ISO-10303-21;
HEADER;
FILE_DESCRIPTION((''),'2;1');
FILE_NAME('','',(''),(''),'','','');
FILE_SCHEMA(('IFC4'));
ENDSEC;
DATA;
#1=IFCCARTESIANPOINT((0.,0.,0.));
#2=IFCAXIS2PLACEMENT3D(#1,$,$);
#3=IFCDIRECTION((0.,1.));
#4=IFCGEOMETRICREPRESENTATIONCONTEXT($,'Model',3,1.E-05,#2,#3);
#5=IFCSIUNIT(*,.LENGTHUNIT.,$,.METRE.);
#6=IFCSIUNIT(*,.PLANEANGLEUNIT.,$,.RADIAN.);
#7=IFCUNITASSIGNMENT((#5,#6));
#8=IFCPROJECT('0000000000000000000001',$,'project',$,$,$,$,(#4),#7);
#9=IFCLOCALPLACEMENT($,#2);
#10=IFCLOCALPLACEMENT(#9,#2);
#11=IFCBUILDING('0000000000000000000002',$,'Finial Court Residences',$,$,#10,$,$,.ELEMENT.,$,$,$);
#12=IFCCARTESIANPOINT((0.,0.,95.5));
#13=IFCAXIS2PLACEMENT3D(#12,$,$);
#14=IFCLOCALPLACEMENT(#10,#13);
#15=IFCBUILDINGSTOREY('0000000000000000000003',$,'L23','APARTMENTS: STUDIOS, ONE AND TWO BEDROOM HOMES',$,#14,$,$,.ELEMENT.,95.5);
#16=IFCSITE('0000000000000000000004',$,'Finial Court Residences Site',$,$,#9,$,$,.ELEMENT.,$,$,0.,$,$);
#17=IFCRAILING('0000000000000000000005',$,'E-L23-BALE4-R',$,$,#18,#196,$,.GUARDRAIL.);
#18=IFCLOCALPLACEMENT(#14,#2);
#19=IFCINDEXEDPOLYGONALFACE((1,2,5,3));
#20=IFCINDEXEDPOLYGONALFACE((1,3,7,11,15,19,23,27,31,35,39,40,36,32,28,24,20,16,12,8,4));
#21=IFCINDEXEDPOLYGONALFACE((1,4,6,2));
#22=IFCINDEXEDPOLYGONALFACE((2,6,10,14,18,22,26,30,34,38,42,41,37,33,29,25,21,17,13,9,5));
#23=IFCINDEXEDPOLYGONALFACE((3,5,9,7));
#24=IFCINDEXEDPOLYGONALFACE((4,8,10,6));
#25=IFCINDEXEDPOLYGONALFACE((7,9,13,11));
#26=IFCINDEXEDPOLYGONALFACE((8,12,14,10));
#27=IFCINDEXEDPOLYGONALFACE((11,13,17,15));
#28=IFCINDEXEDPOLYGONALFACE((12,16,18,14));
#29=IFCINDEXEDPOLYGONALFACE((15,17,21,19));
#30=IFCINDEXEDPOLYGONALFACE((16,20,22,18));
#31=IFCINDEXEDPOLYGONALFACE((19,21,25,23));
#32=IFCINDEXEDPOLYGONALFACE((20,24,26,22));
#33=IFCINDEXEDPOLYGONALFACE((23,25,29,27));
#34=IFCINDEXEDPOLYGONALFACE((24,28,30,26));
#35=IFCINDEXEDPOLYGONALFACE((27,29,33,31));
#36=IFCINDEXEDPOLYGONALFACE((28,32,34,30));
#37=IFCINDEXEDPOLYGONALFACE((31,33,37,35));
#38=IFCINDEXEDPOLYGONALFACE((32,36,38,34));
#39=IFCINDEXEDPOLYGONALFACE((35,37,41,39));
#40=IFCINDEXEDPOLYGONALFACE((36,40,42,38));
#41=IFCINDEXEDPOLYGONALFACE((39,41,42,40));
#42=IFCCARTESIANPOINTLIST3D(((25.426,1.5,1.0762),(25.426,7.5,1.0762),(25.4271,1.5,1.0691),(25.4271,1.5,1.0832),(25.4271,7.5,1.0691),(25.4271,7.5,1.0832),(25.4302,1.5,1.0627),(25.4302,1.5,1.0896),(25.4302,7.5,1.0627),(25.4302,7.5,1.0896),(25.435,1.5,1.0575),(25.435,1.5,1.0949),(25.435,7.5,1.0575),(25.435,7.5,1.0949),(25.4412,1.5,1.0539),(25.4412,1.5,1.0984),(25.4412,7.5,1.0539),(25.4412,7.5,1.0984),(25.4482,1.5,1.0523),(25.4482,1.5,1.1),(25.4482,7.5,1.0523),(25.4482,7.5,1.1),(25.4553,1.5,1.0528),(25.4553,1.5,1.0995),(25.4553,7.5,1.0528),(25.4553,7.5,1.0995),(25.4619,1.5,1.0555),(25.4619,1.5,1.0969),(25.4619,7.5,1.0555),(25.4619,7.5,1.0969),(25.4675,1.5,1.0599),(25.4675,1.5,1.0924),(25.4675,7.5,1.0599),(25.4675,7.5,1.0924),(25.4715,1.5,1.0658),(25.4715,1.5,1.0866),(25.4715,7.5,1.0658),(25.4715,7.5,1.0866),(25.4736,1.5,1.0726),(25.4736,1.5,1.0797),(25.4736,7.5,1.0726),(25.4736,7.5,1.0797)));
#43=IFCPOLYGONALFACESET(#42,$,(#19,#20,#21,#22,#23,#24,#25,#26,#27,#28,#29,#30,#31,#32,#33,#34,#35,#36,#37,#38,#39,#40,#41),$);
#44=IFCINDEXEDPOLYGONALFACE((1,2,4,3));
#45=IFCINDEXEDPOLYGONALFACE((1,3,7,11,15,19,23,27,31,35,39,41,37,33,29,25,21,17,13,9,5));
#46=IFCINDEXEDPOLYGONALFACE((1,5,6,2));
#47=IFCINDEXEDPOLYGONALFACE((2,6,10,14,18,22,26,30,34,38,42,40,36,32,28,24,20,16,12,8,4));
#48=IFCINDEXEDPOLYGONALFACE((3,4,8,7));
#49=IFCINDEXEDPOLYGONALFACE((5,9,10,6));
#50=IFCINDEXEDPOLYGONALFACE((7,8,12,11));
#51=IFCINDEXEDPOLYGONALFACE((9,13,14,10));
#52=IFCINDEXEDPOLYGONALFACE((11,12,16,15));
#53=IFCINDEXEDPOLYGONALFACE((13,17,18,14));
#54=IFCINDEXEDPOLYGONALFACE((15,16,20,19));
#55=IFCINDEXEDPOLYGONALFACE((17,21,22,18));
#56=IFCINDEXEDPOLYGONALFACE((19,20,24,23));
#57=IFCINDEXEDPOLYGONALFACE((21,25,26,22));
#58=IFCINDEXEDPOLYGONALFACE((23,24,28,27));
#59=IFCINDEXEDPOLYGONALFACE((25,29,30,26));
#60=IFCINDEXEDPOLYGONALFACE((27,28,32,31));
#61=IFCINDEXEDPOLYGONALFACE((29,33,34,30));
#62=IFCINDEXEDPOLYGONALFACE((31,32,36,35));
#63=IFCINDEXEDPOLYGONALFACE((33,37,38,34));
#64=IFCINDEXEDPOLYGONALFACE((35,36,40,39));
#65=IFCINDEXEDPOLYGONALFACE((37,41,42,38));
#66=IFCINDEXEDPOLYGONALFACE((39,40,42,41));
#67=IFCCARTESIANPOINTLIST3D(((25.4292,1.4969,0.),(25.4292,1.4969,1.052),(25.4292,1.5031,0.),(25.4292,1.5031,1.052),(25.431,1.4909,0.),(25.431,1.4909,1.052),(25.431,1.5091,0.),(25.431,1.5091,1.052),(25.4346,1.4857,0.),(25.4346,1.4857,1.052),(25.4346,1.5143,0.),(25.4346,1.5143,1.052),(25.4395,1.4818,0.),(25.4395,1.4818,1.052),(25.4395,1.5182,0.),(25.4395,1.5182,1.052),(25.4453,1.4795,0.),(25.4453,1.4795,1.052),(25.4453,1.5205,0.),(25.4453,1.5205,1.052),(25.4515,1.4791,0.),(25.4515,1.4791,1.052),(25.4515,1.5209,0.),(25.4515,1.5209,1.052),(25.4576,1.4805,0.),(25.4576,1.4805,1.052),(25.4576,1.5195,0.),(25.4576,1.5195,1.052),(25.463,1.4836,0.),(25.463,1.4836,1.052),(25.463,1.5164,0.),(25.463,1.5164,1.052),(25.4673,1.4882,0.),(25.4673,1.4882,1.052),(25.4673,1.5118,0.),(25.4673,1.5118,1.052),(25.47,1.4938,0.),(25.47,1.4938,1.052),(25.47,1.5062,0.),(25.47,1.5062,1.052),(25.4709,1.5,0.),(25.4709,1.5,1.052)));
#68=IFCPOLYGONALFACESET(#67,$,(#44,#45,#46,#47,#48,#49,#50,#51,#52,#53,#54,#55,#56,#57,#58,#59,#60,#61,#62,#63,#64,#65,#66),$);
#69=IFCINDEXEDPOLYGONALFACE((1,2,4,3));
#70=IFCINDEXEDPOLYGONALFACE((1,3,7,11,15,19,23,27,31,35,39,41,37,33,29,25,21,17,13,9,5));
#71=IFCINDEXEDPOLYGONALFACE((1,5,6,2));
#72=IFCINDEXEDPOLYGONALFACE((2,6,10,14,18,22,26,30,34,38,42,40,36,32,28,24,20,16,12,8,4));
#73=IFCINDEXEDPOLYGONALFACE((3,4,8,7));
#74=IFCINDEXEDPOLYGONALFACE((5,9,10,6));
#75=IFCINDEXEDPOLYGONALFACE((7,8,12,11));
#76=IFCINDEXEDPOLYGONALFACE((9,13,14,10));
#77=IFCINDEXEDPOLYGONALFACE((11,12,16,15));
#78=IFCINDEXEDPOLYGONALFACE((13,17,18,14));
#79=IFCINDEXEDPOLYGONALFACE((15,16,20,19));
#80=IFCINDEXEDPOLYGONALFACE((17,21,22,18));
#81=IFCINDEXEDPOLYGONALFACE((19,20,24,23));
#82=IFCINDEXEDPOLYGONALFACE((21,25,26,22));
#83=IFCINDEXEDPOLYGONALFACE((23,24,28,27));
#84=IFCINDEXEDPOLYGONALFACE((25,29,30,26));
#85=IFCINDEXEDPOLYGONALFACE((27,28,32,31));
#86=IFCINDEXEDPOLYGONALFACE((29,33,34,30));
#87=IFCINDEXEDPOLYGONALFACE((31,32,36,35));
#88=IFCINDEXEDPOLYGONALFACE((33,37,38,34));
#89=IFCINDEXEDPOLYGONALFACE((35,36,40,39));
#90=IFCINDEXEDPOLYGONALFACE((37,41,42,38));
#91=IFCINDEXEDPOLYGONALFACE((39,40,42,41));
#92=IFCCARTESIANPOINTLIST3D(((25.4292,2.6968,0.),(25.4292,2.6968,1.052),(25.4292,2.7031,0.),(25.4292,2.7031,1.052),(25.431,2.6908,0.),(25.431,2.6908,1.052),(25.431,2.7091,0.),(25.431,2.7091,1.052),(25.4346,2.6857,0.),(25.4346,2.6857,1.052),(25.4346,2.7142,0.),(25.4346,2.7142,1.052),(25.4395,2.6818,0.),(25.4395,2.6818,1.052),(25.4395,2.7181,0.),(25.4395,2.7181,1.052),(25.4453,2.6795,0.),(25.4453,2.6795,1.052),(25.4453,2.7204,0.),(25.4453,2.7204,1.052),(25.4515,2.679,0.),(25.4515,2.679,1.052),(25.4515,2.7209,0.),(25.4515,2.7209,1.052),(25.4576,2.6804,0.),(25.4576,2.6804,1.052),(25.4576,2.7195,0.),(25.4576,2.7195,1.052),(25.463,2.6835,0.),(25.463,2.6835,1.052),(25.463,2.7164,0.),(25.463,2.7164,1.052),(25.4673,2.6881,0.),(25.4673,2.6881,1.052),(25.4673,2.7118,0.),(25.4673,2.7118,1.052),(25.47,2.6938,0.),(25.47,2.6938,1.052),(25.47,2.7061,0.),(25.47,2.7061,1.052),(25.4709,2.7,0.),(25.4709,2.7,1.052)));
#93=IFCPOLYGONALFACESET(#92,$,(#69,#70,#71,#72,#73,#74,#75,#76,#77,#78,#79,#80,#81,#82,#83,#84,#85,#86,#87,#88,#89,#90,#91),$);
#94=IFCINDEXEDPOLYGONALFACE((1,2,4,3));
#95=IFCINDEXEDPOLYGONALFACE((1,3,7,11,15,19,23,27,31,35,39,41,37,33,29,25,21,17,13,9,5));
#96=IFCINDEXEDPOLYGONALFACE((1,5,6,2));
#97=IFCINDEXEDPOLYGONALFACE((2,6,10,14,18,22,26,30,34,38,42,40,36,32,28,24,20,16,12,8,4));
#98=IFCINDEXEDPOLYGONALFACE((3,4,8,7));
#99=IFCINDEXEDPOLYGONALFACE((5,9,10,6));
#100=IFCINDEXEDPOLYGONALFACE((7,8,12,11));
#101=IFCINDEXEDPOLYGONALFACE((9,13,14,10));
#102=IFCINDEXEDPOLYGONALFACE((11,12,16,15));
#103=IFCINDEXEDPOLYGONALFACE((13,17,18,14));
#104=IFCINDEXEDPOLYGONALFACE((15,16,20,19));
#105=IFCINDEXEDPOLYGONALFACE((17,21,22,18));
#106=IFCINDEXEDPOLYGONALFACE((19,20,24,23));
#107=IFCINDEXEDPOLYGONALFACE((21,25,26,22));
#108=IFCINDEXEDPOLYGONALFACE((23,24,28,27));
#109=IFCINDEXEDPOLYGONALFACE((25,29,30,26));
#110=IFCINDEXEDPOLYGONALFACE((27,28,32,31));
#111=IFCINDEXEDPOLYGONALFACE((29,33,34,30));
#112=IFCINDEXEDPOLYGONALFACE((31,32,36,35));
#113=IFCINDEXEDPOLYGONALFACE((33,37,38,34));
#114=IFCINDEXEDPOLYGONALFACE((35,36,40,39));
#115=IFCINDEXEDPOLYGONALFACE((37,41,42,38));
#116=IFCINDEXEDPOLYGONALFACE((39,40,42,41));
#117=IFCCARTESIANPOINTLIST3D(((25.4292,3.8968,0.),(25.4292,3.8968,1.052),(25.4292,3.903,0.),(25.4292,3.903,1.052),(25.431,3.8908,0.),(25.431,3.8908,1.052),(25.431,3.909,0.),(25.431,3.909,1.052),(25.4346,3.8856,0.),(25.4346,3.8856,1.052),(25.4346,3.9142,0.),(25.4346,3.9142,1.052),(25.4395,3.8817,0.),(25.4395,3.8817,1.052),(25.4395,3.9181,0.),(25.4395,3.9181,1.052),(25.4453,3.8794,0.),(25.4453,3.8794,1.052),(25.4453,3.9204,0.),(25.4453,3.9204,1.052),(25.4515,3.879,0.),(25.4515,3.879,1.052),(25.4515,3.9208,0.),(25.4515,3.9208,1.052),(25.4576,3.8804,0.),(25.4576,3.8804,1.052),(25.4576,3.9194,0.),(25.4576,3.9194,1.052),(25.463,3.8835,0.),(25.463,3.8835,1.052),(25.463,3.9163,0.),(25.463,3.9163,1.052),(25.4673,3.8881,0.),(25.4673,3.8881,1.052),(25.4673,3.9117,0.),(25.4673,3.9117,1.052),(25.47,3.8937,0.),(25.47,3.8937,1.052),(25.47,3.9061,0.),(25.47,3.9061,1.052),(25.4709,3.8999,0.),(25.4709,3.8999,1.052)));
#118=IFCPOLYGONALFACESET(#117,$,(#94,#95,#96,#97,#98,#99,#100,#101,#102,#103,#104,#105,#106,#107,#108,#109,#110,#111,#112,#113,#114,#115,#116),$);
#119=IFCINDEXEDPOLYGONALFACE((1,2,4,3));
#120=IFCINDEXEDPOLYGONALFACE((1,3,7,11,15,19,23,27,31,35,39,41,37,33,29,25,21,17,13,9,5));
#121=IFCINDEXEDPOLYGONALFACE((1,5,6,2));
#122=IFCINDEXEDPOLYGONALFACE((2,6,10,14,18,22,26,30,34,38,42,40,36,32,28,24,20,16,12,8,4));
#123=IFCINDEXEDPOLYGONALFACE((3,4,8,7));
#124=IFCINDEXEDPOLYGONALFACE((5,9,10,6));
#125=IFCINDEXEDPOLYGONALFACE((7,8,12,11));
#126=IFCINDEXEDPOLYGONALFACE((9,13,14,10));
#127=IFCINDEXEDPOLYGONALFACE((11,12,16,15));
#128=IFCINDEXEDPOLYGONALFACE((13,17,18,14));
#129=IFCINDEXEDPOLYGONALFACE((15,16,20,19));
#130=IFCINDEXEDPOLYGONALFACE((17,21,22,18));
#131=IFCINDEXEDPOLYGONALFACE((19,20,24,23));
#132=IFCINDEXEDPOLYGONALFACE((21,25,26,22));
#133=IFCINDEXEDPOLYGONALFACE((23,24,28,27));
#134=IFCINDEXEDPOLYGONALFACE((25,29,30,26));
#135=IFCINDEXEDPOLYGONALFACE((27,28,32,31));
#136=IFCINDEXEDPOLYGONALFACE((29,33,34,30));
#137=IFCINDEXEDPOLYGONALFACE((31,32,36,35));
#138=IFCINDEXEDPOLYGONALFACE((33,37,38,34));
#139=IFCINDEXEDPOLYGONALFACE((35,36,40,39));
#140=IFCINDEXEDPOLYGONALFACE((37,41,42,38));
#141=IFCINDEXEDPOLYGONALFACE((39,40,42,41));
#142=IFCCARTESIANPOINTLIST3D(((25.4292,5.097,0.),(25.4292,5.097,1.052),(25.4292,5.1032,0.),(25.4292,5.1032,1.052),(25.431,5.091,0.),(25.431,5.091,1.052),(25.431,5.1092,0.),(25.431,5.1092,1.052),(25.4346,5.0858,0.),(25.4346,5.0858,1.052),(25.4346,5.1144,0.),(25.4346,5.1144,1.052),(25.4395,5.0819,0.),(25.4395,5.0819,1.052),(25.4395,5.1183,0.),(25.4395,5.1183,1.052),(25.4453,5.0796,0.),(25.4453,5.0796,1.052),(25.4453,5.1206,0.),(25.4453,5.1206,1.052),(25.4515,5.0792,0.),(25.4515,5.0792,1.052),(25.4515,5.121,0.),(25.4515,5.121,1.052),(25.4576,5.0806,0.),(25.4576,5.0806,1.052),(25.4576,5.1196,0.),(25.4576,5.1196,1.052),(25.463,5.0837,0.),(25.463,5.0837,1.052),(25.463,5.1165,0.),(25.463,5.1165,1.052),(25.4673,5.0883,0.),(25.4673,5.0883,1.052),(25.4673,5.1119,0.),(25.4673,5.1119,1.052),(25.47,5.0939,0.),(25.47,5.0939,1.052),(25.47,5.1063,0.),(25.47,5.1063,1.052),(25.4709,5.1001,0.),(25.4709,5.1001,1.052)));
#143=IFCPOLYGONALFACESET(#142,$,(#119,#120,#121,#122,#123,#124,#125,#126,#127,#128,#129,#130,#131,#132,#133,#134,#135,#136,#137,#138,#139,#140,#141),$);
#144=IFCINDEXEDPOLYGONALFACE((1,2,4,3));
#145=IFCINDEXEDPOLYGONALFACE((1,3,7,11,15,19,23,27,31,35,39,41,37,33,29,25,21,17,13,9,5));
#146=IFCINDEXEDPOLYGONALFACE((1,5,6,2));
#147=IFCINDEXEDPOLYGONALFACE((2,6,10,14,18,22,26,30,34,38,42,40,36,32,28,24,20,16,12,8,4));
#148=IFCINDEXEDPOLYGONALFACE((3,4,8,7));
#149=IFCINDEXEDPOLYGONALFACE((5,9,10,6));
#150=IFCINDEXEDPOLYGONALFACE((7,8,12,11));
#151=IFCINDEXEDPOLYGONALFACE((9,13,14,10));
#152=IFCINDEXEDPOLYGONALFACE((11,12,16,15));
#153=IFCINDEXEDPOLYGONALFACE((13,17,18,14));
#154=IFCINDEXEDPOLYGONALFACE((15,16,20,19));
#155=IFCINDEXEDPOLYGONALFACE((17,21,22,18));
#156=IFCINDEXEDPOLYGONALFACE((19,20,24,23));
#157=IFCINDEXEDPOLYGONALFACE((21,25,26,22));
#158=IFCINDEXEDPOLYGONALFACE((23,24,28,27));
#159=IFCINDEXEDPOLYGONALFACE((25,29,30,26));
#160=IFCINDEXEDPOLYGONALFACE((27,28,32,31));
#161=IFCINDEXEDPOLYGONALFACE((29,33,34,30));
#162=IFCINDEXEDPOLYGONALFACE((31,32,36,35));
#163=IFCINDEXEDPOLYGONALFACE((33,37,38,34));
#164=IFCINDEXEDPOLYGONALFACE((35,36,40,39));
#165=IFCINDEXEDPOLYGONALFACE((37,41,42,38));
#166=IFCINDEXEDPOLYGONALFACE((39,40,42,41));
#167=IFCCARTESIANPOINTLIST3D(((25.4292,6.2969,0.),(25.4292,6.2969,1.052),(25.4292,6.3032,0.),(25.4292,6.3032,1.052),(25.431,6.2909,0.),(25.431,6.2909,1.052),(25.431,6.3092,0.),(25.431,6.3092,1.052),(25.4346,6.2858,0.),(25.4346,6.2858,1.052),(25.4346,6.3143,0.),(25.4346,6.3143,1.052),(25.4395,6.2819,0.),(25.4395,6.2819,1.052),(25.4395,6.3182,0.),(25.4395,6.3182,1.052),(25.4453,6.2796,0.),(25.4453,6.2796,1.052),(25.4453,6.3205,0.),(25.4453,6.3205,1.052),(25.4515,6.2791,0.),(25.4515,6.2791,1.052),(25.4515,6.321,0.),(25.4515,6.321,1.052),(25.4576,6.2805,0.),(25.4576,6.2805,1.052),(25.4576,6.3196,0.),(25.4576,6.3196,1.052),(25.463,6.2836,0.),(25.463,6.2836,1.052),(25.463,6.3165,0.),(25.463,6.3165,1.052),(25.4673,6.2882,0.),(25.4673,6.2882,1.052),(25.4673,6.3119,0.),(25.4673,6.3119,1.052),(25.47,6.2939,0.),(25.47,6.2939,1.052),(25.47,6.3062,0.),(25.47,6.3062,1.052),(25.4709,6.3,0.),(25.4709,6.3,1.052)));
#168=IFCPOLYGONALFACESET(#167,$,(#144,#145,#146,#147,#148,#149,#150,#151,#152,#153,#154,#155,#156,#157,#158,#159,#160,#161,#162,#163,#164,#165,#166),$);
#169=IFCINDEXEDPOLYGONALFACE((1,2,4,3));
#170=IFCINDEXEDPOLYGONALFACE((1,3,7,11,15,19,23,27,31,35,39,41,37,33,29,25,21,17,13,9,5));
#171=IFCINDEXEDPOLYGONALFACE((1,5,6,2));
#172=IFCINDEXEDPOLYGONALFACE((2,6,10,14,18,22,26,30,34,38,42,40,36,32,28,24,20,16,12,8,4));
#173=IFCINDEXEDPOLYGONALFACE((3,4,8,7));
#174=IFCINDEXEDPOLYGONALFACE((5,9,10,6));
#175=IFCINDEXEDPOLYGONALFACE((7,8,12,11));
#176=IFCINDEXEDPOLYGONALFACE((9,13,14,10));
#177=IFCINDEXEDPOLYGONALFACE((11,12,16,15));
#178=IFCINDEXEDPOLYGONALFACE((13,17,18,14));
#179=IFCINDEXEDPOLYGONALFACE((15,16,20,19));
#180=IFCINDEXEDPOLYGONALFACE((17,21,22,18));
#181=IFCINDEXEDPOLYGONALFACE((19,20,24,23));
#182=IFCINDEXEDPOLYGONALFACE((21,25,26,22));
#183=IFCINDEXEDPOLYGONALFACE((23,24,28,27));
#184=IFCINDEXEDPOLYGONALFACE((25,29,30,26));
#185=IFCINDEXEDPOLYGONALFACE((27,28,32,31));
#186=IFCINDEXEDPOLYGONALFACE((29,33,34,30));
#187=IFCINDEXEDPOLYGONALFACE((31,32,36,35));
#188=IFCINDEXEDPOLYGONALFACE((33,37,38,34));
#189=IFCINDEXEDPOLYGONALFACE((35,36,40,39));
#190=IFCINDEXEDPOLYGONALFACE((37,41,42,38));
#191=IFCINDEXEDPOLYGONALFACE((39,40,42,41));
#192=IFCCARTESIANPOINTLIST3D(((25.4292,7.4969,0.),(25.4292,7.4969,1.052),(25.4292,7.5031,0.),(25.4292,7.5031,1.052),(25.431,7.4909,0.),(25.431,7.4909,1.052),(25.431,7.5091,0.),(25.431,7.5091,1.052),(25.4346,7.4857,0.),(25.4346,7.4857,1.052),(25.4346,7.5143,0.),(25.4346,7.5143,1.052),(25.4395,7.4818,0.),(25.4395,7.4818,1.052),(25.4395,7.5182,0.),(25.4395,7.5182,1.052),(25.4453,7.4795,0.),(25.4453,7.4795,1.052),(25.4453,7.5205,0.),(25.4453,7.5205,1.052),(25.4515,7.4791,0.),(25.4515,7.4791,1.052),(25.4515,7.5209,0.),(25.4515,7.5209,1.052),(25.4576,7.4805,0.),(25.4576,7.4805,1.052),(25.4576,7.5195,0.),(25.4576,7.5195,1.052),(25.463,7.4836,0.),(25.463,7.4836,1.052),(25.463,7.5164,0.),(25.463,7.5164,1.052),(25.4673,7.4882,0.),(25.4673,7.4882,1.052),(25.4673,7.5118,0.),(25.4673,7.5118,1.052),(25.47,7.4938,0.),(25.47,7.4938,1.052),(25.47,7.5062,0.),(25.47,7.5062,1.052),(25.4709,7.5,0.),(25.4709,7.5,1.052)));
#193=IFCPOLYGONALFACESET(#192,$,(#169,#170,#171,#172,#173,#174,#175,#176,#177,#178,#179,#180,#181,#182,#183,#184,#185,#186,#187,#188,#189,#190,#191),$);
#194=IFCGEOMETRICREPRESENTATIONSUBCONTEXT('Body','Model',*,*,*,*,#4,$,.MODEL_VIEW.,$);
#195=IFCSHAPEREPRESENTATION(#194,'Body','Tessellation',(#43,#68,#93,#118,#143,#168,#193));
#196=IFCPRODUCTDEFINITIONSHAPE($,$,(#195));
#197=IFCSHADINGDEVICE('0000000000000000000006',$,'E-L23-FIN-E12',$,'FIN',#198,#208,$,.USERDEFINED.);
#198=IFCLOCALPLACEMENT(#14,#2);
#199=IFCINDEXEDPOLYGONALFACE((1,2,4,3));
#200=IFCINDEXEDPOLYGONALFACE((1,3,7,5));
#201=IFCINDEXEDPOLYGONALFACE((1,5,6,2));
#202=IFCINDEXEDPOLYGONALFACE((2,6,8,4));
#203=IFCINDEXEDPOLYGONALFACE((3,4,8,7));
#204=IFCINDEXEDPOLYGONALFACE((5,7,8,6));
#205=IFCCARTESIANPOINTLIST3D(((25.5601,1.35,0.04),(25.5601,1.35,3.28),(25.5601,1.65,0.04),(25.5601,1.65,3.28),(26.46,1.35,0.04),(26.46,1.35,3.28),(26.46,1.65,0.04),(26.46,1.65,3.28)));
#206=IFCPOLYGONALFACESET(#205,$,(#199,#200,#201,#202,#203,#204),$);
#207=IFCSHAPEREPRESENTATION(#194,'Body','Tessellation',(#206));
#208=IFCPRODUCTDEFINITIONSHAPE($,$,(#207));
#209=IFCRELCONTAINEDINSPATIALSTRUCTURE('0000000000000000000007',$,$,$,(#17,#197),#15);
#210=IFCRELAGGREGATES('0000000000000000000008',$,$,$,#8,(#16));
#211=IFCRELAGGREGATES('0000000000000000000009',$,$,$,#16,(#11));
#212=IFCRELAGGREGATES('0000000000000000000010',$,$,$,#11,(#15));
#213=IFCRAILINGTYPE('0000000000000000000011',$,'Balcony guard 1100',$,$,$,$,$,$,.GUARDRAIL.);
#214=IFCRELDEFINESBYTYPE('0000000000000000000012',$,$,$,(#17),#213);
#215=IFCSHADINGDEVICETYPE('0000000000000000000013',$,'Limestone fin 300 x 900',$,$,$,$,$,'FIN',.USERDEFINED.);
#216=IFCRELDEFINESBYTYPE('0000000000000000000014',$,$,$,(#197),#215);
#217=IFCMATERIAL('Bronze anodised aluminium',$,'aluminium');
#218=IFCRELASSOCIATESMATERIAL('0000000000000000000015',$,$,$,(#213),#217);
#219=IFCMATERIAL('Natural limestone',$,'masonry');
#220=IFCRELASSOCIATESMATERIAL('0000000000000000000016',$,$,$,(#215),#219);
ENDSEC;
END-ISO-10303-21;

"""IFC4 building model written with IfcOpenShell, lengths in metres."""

from ifc_helpers import new_model, si_unit, direction, frame, origin, origin_2d, place, context, subcontext, project, spatial, rectangle, circle, extrude, material, type_object, element, save


model = new_model("IFC4")

# Units and contexts
model_context = context("Model", 3, precision=1e-05, world=origin(), true_north=direction((0.0, 1.0)))
body_context = subcontext(model_context, "Body", "Model", "MODEL_VIEW")
ifc_project = project(units=[si_unit("LENGTHUNIT", "METRE"), si_unit("PLANEANGLEUNIT", "RADIAN")], contexts=[model_context])

# Site, building, storey
site_placement = place(None, origin())
site = spatial("IfcSite", under=ifc_project, at=site_placement, Name="Finial Court Residences Site", CompositionType="ELEMENT", RefElevation=0.0)
building_placement = place(site_placement, origin())
building = spatial("IfcBuilding", under=site, at=building_placement, Name="Finial Court Residences", CompositionType="ELEMENT")
storey_placement = place(building_placement, frame((0.0, 0.0, 95.5)))
storey = spatial("IfcBuildingStorey", under=building, at=storey_placement, Name="L23", Description="APARTMENTS: STUDIOS, ONE AND TWO BEDROOM HOMES", CompositionType="ELEMENT", Elevation=95.5)

# Shared definitions
ifc_material_1 = material(Name="Natural limestone", Category="masonry")
ifc_material_2 = material(Name="Bronze anodised aluminium", Category="aluminium")

# Railing
railing_type = type_object("IfcRailingType", Name="Balcony guard 1100", PredefinedType="GUARDRAIL", material=ifc_material_2)
railing_placement = place(storey_placement, frame((25.45, 1.5, 0.0)))
element("IfcRailing", 1, at=railing_placement, inside=storey, type_object=railing_type, Name="E-L23-BALE4-R", PredefinedType="GUARDRAIL", context=body_context, shape_type="SweptSolid", body=[
    extrude(circle(Radius=0.0239, at=origin_2d()), frame((0.0, 0.0, 1.0762), z_axis=(0.0, 1.0, 0.0), x_axis=(-1.0, 0.0, 0.0)), (0.0, 0.0, 1.0), 6.0),
    extrude(circle(Radius=0.021, at=origin_2d()), origin(), (0.0, 0.0, 1.0), 1.052),
    extrude(circle(Radius=0.021, at=origin_2d()), frame((0.0, 1.2, 0.0)), (0.0, 0.0, 1.0), 1.052),
    extrude(circle(Radius=0.021, at=origin_2d()), frame((0.0, 2.3999, 0.0)), (0.0, 0.0, 1.0), 1.052),
    extrude(circle(Radius=0.021, at=origin_2d()), frame((0.0, 3.6001, 0.0)), (0.0, 0.0, 1.0), 1.052),
    extrude(circle(Radius=0.021, at=origin_2d()), frame((0.0, 4.8, 0.0)), (0.0, 0.0, 1.0), 1.052),
    extrude(circle(Radius=0.021, at=origin_2d()), frame((0.0, 6.0, 0.0)), (0.0, 0.0, 1.0), 1.052),
])

# Shading device
shading_device_type = type_object("IfcShadingDeviceType", Name="Limestone fin 300 x 900", ElementType="FIN", PredefinedType="USERDEFINED", material=ifc_material_1)
shading_device_placement = place(storey_placement, frame((26.01, 1.5, 0.04), z_axis=(0.0, 0.0, 1.0), x_axis=(1.0, 0.0, 0.0)))
element("IfcShadingDevice", 2, at=shading_device_placement, inside=storey, type_object=shading_device_type, Name="E-L23-FIN-E12", ObjectType="FIN", PredefinedType="USERDEFINED", context=body_context, shape_type="SweptSolid", body=[
    extrude(rectangle(XDim=0.8999, YDim=0.3, at=origin_2d()), origin(), (0.0, 0.0, 1.0), 3.24),
])

save(model, "model.ifc")
